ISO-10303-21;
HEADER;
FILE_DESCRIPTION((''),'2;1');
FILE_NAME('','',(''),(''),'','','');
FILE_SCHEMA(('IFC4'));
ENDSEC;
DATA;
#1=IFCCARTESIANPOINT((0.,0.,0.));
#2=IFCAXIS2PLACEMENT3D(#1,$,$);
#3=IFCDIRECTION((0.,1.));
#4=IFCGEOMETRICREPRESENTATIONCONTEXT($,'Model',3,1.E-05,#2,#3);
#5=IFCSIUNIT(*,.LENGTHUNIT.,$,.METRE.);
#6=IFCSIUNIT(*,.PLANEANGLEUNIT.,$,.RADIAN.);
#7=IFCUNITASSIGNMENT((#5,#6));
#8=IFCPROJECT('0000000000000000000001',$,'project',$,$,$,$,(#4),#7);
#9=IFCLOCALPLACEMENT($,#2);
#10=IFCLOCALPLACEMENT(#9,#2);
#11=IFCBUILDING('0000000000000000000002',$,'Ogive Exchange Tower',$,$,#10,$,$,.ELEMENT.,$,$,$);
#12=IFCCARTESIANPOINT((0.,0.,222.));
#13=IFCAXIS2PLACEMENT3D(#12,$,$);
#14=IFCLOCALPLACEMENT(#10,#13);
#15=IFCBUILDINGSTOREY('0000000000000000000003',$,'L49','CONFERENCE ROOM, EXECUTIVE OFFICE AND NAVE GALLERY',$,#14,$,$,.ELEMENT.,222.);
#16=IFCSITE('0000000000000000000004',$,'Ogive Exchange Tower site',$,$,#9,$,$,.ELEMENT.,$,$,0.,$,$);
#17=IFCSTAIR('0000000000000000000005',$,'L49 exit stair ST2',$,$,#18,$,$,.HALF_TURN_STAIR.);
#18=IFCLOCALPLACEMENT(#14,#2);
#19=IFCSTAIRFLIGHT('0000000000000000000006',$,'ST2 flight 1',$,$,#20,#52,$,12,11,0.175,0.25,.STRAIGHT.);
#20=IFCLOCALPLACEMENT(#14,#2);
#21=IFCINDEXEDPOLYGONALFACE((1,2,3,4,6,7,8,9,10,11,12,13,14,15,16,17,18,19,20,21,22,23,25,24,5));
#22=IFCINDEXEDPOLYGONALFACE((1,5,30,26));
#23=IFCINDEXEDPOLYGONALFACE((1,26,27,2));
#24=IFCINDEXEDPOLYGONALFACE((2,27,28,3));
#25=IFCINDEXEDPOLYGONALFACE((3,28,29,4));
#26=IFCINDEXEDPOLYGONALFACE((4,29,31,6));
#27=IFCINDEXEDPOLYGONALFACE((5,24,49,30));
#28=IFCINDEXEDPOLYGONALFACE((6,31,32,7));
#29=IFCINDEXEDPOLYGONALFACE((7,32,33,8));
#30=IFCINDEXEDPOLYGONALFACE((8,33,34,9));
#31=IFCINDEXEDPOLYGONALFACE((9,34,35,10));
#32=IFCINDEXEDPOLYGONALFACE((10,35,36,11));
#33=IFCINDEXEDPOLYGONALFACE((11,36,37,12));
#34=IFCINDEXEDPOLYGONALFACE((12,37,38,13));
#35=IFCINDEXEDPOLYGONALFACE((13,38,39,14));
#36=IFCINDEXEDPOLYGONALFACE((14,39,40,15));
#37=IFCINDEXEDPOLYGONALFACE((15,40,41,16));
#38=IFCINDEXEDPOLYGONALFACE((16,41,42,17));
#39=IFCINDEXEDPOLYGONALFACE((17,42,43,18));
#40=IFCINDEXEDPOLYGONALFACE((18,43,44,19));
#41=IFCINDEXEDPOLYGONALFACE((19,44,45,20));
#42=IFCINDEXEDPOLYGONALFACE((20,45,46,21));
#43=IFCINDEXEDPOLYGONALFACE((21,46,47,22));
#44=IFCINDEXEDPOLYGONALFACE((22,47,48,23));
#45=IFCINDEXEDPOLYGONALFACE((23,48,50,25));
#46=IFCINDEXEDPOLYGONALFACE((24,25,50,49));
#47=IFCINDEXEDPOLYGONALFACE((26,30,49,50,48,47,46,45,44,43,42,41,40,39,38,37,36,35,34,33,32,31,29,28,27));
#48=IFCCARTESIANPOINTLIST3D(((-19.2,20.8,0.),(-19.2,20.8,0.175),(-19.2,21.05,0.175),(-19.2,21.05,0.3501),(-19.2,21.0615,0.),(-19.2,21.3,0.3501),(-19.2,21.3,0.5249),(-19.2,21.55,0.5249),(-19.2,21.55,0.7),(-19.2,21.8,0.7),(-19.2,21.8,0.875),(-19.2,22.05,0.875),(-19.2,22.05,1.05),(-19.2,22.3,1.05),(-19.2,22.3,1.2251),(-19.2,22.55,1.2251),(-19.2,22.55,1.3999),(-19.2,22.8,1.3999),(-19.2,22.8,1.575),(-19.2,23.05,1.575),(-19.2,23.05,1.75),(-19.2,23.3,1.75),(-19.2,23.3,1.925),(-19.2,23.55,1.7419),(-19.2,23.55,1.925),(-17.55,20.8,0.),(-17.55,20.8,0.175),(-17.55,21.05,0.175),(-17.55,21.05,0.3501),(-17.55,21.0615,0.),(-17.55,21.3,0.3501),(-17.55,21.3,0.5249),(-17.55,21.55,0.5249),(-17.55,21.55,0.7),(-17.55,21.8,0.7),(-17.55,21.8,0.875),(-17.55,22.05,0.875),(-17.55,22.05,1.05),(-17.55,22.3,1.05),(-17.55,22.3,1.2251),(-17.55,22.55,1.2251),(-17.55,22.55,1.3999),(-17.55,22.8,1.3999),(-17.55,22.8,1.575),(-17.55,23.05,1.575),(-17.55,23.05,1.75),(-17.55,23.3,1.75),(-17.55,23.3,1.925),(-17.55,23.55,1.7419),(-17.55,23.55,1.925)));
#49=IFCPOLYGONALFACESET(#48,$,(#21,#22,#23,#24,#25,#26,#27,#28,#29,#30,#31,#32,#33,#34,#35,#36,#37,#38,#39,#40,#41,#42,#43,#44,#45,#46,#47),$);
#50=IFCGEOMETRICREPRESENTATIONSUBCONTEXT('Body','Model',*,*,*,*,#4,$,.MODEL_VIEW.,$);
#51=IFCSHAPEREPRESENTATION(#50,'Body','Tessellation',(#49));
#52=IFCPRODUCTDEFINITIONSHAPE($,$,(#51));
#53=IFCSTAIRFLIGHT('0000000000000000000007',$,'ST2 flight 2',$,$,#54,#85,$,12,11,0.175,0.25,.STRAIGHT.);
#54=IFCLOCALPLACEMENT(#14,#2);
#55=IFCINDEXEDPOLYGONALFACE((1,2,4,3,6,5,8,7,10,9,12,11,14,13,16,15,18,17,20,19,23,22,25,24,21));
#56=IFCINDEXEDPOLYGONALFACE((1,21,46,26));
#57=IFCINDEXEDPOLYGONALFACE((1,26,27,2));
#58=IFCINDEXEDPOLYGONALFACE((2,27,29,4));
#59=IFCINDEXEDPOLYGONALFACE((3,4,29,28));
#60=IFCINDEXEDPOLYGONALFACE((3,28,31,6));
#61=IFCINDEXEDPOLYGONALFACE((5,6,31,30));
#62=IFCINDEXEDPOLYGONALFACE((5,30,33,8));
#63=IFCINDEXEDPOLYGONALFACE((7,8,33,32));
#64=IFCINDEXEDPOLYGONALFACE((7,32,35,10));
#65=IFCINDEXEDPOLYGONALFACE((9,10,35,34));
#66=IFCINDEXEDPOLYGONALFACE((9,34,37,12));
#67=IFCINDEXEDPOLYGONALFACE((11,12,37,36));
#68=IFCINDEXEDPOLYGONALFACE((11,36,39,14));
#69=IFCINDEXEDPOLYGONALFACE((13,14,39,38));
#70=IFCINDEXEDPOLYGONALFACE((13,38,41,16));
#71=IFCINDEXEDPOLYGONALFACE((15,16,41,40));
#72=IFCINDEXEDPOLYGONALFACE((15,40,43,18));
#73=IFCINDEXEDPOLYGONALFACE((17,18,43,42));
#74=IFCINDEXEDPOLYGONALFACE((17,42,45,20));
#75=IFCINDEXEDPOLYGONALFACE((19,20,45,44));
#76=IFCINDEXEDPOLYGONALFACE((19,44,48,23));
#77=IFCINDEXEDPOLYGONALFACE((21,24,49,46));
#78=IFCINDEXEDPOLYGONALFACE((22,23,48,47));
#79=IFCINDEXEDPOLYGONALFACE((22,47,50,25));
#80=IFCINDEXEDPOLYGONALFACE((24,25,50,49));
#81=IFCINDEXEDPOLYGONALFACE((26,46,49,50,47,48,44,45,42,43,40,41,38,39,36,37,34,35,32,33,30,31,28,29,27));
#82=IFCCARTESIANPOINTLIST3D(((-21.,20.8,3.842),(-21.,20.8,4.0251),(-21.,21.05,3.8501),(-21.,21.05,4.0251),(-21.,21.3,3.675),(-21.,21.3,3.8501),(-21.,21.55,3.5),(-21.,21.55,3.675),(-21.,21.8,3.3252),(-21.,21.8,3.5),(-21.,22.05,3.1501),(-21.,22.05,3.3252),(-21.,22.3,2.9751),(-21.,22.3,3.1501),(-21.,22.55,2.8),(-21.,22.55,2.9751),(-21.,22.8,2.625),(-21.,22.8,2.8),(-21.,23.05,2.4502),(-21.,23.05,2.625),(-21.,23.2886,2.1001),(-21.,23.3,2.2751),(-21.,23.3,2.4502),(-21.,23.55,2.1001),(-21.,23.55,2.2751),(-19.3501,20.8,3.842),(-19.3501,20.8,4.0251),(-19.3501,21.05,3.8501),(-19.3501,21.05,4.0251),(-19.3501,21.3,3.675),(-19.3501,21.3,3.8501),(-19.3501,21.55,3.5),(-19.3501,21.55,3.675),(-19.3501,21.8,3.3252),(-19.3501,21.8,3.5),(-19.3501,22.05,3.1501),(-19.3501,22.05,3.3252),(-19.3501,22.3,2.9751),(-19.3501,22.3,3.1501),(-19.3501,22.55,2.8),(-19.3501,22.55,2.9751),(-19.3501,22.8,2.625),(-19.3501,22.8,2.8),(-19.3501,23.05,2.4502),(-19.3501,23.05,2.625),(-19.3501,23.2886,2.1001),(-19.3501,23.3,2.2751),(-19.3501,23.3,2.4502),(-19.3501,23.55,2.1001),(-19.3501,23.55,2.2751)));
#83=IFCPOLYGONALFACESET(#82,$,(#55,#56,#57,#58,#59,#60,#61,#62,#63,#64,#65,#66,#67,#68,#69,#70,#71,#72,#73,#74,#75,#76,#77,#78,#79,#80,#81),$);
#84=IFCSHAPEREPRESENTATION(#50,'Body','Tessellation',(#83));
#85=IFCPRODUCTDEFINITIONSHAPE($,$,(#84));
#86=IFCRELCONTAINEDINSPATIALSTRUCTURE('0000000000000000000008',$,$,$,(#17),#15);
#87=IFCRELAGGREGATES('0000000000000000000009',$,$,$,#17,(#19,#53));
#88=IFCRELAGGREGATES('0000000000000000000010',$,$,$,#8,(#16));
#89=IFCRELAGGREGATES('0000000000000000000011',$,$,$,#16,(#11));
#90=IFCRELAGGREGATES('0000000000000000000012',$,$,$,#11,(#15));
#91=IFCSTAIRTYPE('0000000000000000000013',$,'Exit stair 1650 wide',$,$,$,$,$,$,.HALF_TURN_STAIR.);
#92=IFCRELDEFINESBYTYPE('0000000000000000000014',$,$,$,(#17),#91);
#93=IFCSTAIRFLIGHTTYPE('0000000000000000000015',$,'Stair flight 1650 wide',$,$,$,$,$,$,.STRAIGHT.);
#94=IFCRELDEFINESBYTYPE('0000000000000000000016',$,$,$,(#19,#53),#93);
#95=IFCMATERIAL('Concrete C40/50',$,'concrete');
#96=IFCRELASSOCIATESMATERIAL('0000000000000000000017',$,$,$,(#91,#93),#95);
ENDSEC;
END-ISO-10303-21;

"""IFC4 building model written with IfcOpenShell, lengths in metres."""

from ifc_helpers import new_model, si_unit, direction, frame, origin, place, context, subcontext, project, spatial, polyline, outline, extrude, material, type_object, element, aggregate, save


model = new_model("IFC4")

# Units and contexts
model_context = context("Model", 3, precision=1e-05, world=origin(), true_north=direction((0.0, 1.0)))
body_context = subcontext(model_context, "Body", "Model", "MODEL_VIEW")
ifc_project = project(units=[si_unit("LENGTHUNIT", "METRE"), si_unit("PLANEANGLEUNIT", "RADIAN")], contexts=[model_context])

# Site, building, storey
site_placement = place(None, origin())
site = spatial("IfcSite", under=ifc_project, at=site_placement, Name="Ogive Exchange Tower site", CompositionType="ELEMENT", RefElevation=0.0)
building_placement = place(site_placement, origin())
building = spatial("IfcBuilding", under=site, at=building_placement, Name="Ogive Exchange Tower", CompositionType="ELEMENT")
storey_placement = place(building_placement, frame((0.0, 0.0, 222.0)))
storey = spatial("IfcBuildingStorey", under=building, at=storey_placement, Name="L49", Description="CONFERENCE ROOM, EXECUTIVE OFFICE AND NAVE GALLERY", CompositionType="ELEMENT", Elevation=222.0)

# Stair, stair flights
ifc_material_1 = material(Name="Concrete C40/50", Category="concrete")
stair_type = type_object("IfcStairType", Name="Exit stair 1650 wide", PredefinedType="HALF_TURN_STAIR", material=ifc_material_1)
stair_placement = place(storey_placement, origin())
stair = element("IfcStair", 1, at=stair_placement, inside=storey, type_object=stair_type, Name="L49 exit stair ST2", PredefinedType="HALF_TURN_STAIR")
stair_flight_type = type_object("IfcStairFlightType", Name="Stair flight 1650 wide", PredefinedType="STRAIGHT", material=ifc_material_1)
stair_flight_1_placement = place(storey_placement, frame((-18.375, 20.8, 0.0), z_axis=(0.0, 0.0, 1.0), x_axis=(0.0, 1.0, 0.0)))
stair_flight_1 = element("IfcStairFlight", 2, at=stair_flight_1_placement, type_object=stair_flight_type, Name="ST2 flight 1", NumberOfRisers=12, NumberOfTreads=11, PredefinedType="STRAIGHT", RiserHeight=0.175, TreadLength=0.25, context=body_context, shape_type="SweptSolid", body=[
    extrude(outline(polyline([(0.0, 0.0), (0.0, 0.175), (0.25, 0.175), (0.25, 0.3501), (0.5, 0.3501), (0.5, 0.5249), (0.75, 0.5249), (0.75, 0.7), (1.0, 0.7), (1.0, 0.875), (1.25, 0.875), (1.25, 1.05), (1.5, 1.05), (1.5, 1.2251), (1.75, 1.2251), (1.75, 1.3999), (2.0, 1.3999), (2.0, 1.575), (2.25, 1.575), (2.25, 1.75), (2.5, 1.75), (2.5, 1.925), (2.75, 1.925), (2.75, 2.1001), (2.75, 1.7419), (0.2615, 0.0), (0.0, 0.0)])), frame((0.0, 0.825, 0.0), z_axis=(0.0, -1.0, 0.0), x_axis=(1.0, 0.0, 0.0)), (0.0, 0.0, 1.0), 1.6499),
])
stair_flight_2_placement = place(storey_placement, frame((-20.175, 23.55, 2.1001), z_axis=(0.0, 0.0, 1.0), x_axis=(0.0, -1.0, 0.0)))
stair_flight_2 = element("IfcStairFlight", 3, at=stair_flight_2_placement, type_object=stair_flight_type, Name="ST2 flight 2", NumberOfRisers=12, NumberOfTreads=11, PredefinedType="STRAIGHT", RiserHeight=0.175, TreadLength=0.25, context=body_context, shape_type="SweptSolid", body=[
    extrude(outline(polyline([(0.0, 0.0), (0.0, 0.175), (0.25, 0.175), (0.25, 0.3501), (0.5, 0.3501), (0.5, 0.5249), (0.75, 0.5249), (0.75, 0.7), (1.0, 0.7), (1.0, 0.875), (1.25, 0.875), (1.25, 1.05), (1.5, 1.05), (1.5, 1.2251), (1.75, 1.2251), (1.75, 1.3999), (2.0, 1.3999), (2.0, 1.575), (2.25, 1.575), (2.25, 1.75), (2.5, 1.75), (2.5, 1.925), (2.75, 1.925), (2.75, 2.1001), (2.75, 1.7419), (0.2615, 0.0), (0.0, 0.0)])), frame((0.0, 0.825, 0.0), z_axis=(0.0, -1.0, 0.0), x_axis=(1.0, 0.0, 0.0)), (0.0, 0.0, 1.0), 1.6499),
])
aggregate(stair, [stair_flight_1, stair_flight_2])

save(model, "model.ifc")
